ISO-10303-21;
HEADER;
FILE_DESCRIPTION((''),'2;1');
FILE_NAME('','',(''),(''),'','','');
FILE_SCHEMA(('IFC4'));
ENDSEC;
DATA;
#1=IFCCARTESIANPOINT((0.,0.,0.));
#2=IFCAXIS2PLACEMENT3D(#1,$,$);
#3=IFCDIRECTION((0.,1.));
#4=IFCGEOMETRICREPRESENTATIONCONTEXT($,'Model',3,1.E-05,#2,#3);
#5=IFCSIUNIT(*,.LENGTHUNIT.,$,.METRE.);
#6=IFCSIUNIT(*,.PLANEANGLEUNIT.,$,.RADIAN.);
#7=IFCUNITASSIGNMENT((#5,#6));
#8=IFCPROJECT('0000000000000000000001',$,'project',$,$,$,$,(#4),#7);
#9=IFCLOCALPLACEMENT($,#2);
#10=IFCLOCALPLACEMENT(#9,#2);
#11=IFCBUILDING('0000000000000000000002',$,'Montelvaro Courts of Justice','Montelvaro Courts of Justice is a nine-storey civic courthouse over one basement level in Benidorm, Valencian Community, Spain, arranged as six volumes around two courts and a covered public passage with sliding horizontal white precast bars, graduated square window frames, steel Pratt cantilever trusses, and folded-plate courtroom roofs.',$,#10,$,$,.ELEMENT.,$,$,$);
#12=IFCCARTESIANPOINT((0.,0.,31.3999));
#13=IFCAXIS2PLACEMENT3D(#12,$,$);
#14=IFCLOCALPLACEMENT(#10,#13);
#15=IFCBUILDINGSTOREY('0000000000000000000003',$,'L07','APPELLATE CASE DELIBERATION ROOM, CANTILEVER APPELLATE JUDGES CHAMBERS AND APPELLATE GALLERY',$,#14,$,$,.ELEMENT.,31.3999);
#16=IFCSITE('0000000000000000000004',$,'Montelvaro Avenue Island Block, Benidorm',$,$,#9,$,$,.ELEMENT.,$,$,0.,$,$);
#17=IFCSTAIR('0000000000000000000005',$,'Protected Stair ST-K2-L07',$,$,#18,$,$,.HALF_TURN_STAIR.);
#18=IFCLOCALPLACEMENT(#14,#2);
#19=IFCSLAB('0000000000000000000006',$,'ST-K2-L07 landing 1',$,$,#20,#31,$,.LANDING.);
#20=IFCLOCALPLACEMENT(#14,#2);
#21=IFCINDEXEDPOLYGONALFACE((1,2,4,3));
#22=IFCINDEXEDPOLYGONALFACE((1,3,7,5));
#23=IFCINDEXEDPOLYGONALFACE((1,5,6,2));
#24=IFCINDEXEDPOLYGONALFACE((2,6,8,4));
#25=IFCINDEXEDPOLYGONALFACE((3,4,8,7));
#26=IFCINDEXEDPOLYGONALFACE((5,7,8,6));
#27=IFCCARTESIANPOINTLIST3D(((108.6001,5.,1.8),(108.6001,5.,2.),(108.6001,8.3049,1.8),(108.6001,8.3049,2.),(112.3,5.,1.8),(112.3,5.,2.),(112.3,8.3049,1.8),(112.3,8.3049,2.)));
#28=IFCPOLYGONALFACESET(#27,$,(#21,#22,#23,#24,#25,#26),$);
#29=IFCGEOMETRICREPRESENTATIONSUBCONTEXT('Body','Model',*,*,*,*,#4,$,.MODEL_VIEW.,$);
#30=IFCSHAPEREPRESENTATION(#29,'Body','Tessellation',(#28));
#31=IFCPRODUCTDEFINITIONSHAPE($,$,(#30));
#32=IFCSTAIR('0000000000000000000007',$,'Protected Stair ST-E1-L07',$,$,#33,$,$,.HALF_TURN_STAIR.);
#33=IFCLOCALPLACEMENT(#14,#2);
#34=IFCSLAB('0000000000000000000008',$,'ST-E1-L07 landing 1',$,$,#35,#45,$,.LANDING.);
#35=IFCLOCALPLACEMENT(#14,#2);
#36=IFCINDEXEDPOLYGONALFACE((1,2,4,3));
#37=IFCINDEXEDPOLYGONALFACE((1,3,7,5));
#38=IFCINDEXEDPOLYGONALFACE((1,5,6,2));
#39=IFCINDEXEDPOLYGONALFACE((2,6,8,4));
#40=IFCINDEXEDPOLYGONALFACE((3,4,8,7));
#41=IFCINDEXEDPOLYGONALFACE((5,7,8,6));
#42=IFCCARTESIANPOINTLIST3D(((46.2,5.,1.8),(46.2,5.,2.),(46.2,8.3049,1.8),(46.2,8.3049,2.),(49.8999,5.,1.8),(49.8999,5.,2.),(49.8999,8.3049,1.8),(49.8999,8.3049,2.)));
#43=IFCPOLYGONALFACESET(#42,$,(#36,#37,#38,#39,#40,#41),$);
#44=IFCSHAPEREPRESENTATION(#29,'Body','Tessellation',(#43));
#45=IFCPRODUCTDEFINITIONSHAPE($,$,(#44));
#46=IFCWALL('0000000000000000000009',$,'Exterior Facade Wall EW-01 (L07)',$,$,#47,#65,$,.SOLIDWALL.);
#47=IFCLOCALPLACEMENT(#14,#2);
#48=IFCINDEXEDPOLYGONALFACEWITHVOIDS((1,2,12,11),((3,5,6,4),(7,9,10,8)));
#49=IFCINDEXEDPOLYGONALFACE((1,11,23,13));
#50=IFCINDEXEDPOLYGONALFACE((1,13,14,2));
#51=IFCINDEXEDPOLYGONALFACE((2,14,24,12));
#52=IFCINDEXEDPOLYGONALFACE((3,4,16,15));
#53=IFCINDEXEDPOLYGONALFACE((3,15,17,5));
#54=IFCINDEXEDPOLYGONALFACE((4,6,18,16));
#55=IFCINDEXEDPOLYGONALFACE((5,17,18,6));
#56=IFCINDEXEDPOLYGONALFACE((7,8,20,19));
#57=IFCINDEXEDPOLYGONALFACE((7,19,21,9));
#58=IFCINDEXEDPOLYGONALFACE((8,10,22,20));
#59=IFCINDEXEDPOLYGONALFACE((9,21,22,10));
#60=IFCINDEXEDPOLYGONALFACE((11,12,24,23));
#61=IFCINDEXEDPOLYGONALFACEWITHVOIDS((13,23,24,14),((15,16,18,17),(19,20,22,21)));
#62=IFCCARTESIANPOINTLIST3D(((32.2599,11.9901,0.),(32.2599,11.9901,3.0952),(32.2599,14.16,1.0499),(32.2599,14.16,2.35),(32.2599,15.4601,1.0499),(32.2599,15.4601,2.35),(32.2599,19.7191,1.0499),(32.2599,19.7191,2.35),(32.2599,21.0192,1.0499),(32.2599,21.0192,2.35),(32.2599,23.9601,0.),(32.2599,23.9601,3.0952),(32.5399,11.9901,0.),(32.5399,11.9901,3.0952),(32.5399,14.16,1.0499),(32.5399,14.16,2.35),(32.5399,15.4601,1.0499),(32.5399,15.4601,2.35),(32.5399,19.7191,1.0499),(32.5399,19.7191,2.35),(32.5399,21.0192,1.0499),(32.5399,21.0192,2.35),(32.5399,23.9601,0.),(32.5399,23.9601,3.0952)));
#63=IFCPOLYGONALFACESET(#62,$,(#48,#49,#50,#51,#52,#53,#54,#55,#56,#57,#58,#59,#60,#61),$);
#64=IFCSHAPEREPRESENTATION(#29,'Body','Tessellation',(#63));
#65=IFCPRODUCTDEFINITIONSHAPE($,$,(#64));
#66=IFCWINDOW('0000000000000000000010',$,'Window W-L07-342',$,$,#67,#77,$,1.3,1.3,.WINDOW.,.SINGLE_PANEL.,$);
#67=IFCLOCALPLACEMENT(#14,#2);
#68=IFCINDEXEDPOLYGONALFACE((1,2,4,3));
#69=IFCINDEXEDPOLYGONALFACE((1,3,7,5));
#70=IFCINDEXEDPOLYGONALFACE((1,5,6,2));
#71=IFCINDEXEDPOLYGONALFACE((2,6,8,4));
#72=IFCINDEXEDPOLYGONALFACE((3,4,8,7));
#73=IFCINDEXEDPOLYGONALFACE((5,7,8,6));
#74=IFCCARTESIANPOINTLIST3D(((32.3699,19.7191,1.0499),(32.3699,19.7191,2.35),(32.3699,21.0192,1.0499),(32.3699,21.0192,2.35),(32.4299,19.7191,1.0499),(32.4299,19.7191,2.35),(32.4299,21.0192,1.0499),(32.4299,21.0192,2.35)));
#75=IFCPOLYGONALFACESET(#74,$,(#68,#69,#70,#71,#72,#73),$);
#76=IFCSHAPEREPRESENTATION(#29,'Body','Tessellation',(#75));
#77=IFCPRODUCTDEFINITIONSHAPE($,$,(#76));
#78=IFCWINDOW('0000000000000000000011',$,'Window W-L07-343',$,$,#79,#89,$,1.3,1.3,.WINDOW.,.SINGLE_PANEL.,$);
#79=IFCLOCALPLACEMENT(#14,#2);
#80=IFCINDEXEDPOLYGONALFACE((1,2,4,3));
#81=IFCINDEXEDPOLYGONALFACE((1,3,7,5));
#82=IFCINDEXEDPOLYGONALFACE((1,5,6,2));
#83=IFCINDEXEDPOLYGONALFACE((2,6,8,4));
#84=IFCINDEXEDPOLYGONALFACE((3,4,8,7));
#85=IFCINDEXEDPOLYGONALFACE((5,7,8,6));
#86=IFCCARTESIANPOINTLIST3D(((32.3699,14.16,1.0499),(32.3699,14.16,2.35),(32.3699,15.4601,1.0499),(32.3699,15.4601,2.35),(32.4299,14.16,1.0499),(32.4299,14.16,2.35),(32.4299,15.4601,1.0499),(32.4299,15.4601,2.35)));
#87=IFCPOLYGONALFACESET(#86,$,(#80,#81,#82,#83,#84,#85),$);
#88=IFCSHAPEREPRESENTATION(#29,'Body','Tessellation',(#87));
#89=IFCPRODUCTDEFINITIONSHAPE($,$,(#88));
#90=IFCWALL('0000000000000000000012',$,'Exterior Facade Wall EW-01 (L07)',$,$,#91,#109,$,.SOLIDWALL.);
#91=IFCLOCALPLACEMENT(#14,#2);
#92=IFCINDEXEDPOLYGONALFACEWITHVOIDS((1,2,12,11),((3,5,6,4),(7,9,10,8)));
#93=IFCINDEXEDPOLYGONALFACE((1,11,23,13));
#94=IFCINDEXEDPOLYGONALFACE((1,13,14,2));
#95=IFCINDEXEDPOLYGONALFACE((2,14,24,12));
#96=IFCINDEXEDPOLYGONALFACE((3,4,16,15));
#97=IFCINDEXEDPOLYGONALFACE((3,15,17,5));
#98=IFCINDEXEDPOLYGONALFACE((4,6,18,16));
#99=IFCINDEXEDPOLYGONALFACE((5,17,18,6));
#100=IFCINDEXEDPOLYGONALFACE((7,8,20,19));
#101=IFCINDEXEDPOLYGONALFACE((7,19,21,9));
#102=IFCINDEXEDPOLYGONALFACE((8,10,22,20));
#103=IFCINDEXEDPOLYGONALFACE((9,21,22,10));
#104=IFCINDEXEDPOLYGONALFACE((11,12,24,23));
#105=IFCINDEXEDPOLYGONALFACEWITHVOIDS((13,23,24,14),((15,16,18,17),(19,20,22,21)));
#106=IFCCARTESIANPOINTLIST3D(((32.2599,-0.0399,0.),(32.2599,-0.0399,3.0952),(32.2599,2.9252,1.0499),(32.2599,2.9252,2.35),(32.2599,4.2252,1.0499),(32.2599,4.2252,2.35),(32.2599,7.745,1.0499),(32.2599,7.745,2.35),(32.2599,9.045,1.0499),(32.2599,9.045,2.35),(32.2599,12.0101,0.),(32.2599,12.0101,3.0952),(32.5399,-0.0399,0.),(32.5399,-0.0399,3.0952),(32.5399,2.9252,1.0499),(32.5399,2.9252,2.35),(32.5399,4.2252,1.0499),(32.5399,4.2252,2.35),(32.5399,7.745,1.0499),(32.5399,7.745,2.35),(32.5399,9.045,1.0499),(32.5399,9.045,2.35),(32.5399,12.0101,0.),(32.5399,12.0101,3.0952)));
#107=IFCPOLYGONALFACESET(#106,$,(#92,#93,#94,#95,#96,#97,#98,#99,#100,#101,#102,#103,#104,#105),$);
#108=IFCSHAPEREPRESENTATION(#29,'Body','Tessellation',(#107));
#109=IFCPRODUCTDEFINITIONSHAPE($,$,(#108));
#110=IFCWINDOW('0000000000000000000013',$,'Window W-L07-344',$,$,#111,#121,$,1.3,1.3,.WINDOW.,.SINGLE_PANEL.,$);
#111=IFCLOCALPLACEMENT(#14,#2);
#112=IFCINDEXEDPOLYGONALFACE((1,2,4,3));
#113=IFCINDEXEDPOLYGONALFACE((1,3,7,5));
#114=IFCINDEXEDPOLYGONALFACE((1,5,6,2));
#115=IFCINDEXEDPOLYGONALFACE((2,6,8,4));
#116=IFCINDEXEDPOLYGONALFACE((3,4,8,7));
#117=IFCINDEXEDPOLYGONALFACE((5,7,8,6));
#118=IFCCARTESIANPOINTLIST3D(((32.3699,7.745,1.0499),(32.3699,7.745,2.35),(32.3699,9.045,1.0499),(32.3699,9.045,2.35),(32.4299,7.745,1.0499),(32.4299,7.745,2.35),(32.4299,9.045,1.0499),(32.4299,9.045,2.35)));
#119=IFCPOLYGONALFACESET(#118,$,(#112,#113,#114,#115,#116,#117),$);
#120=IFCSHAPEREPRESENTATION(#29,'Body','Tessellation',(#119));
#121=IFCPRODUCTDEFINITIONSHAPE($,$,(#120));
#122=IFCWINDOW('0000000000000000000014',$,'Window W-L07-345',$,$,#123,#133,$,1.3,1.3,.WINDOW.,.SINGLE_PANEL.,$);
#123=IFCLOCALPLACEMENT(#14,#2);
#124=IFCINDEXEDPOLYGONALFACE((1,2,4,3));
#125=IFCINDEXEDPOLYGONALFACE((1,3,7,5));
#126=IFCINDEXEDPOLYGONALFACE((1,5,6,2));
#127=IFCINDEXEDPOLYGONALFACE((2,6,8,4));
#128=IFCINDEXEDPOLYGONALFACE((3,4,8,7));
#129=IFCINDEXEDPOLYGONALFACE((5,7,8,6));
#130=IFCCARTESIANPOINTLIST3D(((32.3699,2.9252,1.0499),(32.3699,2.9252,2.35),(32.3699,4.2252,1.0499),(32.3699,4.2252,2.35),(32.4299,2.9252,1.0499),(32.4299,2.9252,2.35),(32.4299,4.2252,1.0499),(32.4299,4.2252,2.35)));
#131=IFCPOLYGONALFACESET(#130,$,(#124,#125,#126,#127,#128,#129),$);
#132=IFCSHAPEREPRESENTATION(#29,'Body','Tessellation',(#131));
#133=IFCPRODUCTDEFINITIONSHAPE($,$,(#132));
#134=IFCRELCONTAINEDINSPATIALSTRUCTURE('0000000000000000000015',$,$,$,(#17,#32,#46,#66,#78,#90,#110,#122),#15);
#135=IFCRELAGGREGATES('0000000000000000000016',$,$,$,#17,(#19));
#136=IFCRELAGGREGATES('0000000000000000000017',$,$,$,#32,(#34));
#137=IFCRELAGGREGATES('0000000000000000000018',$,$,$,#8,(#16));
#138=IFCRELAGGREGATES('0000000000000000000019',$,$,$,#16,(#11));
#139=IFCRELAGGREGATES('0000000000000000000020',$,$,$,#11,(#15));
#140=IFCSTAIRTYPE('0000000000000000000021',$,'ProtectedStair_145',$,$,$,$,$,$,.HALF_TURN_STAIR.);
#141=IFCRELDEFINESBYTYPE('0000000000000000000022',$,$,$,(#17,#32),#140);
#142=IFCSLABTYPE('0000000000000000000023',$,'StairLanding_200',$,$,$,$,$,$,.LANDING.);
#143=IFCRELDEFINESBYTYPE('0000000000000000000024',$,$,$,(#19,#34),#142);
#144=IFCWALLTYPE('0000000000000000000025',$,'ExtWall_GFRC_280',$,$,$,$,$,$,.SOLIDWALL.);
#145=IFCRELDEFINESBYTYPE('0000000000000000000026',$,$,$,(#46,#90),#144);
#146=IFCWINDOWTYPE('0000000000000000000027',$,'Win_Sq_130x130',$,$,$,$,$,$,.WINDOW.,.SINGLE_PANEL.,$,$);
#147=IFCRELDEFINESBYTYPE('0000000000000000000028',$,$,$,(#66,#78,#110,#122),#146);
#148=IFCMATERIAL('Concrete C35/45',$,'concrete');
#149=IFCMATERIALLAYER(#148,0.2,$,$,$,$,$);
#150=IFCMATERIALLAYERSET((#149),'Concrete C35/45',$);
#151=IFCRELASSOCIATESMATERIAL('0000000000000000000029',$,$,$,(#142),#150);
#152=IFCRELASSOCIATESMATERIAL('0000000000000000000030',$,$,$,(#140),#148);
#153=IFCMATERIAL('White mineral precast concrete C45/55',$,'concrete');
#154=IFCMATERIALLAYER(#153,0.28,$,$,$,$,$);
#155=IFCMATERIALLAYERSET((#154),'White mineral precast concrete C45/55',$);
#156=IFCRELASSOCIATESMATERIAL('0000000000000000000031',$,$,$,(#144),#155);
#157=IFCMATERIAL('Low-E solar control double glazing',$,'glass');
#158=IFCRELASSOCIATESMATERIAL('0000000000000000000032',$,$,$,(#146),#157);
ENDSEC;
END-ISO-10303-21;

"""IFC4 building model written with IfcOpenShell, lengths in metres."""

from ifc_helpers import new_model, si_unit, direction, frame, frame_2d, origin, place, context, subcontext, project, spatial, polyline, rectangle, outline, extrude, material, layer, layer_set, type_object, element, fill, aggregate, save


model = new_model("IFC4")

# Units and contexts
model_context = context("Model", 3, precision=1e-05, world=origin(), true_north=direction((0.0, 1.0)))
body_context = subcontext(model_context, "Body", "Model", "MODEL_VIEW")
ifc_project = project(units=[si_unit("LENGTHUNIT", "METRE"), si_unit("PLANEANGLEUNIT", "RADIAN")], contexts=[model_context])

# Site, building, storey
site_placement = place(None, origin())
site = spatial("IfcSite", under=ifc_project, at=site_placement, Name="Montelvaro Avenue Island Block, Benidorm", CompositionType="ELEMENT", RefElevation=0.0)
building_placement = place(site_placement, origin())
building = spatial("IfcBuilding", under=site, at=building_placement, Name="Montelvaro Courts of Justice", Description="Montelvaro Courts of Justice is a nine-storey civic courthouse over one basement level in Benidorm, Valencian Community, Spain, arranged as six volumes around two courts and a covered public passage with sliding horizontal white precast bars, graduated square window frames, steel Pratt cantilever trusses, and folded-plate courtroom roofs.", CompositionType="ELEMENT")
storey_placement = place(building_placement, frame((0.0, 0.0, 31.3999)))
storey = spatial("IfcBuildingStorey", under=building, at=storey_placement, Name="L07", Description="APPELLATE CASE DELIBERATION ROOM, CANTILEVER APPELLATE JUDGES CHAMBERS AND APPELLATE GALLERY", CompositionType="ELEMENT", Elevation=31.3999)

# Shared definitions
ifc_material_1 = material(Name="Concrete C35/45", Category="concrete")

# Shared definitions
ifc_material_2 = material(Name="White mineral precast concrete C45/55", Category="concrete")

# Stairs, slabs
ifc_layer_1 = layer(ifc_material_1, 0.2)
ifc_layer_set_1 = layer_set([ifc_layer_1], Name="Concrete C35/45")
slab_type_1 = type_object("IfcSlabType", Name="StairLanding_200", PredefinedType="LANDING", material=ifc_layer_set_1)
stair_type_1 = type_object("IfcStairType", Name="ProtectedStair_145", PredefinedType="HALF_TURN_STAIR", material=ifc_material_1)
stair_1_placement = place(storey_placement, origin())
stair_1 = element("IfcStair", 1, at=stair_1_placement, inside=storey, type_object=stair_type_1, Name="Protected Stair ST-K2-L07", PredefinedType="HALF_TURN_STAIR")
slab_1_placement = place(storey_placement, frame((0.0, 0.0, 1.8)))
slab_1 = element("IfcSlab", 2, at=slab_1_placement, type_object=slab_type_1, Name="ST-K2-L07 landing 1", PredefinedType="LANDING", context=body_context, shape_type="SweptSolid", body=[
    extrude(outline(polyline([(108.6001, 5.0), (112.3, 5.0), (112.3, 8.3049), (108.6001, 8.3049), (108.6001, 5.0)])), origin(), (0.0, 0.0, 1.0), 0.2),
])
aggregate(stair_1, [slab_1])
stair_2_placement = place(storey_placement, origin())
stair_2 = element("IfcStair", 3, at=stair_2_placement, inside=storey, type_object=stair_type_1, Name="Protected Stair ST-E1-L07", PredefinedType="HALF_TURN_STAIR")
slab_2_placement = place(storey_placement, frame((0.0, 0.0, 1.8)))
slab_2 = element("IfcSlab", 4, at=slab_2_placement, type_object=slab_type_1, Name="ST-E1-L07 landing 1", PredefinedType="LANDING", context=body_context, shape_type="SweptSolid", body=[
    extrude(outline(polyline([(46.2, 5.0), (49.8999, 5.0), (49.8999, 8.3049), (46.2, 8.3049), (46.2, 5.0)])), origin(), (0.0, 0.0, 1.0), 0.2),
])
aggregate(stair_2, [slab_2])

# Walls, openings, windows
ifc_layer_2 = layer(ifc_material_2, 0.28)
ifc_layer_set_2 = layer_set([ifc_layer_2], Name="White mineral precast concrete C45/55")
wall_type = type_object("IfcWallType", Name="ExtWall_GFRC_280", PredefinedType="SOLIDWALL", material=ifc_layer_set_2)
wall_1_placement = place(storey_placement, frame((32.3999, 23.96, 0.0), z_axis=(0.0, 0.0, 1.0), x_axis=(0.0, -1.0, 0.0)))
wall_1 = element("IfcWall", 5, at=wall_1_placement, inside=storey, type_object=wall_type, Name="Exterior Facade Wall EW-01 (L07)", PredefinedType="SOLIDWALL", context=body_context, shape_type="SweptSolid", body=[
    extrude(rectangle(XDim=11.97, YDim=0.28, at=frame_2d((5.9849, 0.0))), origin(), (0.0, 0.0, 1.0), 3.0952),
])
opening_1_placement = place(wall_1_placement, frame((2.9409, 0.0, 1.05)))
opening_1 = element("IfcOpeningElement", 6, at=opening_1_placement, cuts=wall_1, PredefinedType="OPENING", context=body_context, shape_type="SweptSolid", body=[
    extrude(rectangle(XDim=1.3, YDim=1.3, at=frame_2d((0.6499, 0.6499))), frame((0.0, 0.1548, 0.0), z_axis=(0.0, -1.0, 0.0), x_axis=(1.0, 0.0, 0.0)), (0.0, 0.0, 1.0), 0.3098),
])
opening_2_placement = place(wall_1_placement, frame((8.5, 0.0, 1.05)))
opening_2 = element("IfcOpeningElement", 7, at=opening_2_placement, cuts=wall_1, PredefinedType="OPENING", context=body_context, shape_type="SweptSolid", body=[
    extrude(rectangle(XDim=1.3, YDim=1.3, at=frame_2d((0.6499, 0.6499))), frame((0.0, 0.1548, 0.0), z_axis=(0.0, -1.0, 0.0), x_axis=(1.0, 0.0, 0.0)), (0.0, 0.0, 1.0), 0.3098),
])
ifc_material_3 = material(Name="Low-E solar control double glazing", Category="glass")
window_type = type_object("IfcWindowType", Name="Win_Sq_130x130", PartitioningType="SINGLE_PANEL", PredefinedType="WINDOW", material=ifc_material_3)
window_1_placement = place(opening_1_placement, origin())
window_1 = element("IfcWindow", 8, at=window_1_placement, inside=storey, type_object=window_type, Name="Window W-L07-342", OverallHeight=1.3, OverallWidth=1.3, PartitioningType="SINGLE_PANEL", PredefinedType="WINDOW", context=body_context, shape_type="SweptSolid", body=[
    extrude(rectangle(XDim=1.3, YDim=1.3, at=frame_2d((0.6499, 0.6499))), frame((0.0, 0.03, 0.0), z_axis=(0.0, -1.0, 0.0), x_axis=(1.0, 0.0, 0.0)), (0.0, 0.0, 1.0), 0.0601),
])
fill(opening_1, window_1)
window_2_placement = place(opening_2_placement, origin())
window_2 = element("IfcWindow", 9, at=window_2_placement, inside=storey, type_object=window_type, Name="Window W-L07-343", OverallHeight=1.3, OverallWidth=1.3, PartitioningType="SINGLE_PANEL", PredefinedType="WINDOW", context=body_context, shape_type="SweptSolid", body=[
    extrude(rectangle(XDim=1.3, YDim=1.3, at=frame_2d((0.6499, 0.6499))), frame((0.0, 0.03, 0.0), z_axis=(0.0, -1.0, 0.0), x_axis=(1.0, 0.0, 0.0)), (0.0, 0.0, 1.0), 0.0601),
])
fill(opening_2, window_2)
wall_2_placement = place(storey_placement, frame((32.3999, 12.01, 0.0), z_axis=(0.0, 0.0, 1.0), x_axis=(0.0, -1.0, 0.0)))
wall_2 = element("IfcWall", 10, at=wall_2_placement, inside=storey, type_object=wall_type, Name="Exterior Facade Wall EW-01 (L07)", PredefinedType="SOLIDWALL", context=body_context, shape_type="SweptSolid", body=[
    extrude(rectangle(XDim=12.05, YDim=0.28, at=frame_2d((6.0249, 0.0))), origin(), (0.0, 0.0, 1.0), 3.0952),
])
opening_3_placement = place(wall_2_placement, frame((2.9651, 0.0, 1.05)))
opening_3 = element("IfcOpeningElement", 11, at=opening_3_placement, cuts=wall_2, PredefinedType="OPENING", context=body_context, shape_type="SweptSolid", body=[
    extrude(rectangle(XDim=1.3, YDim=1.3, at=frame_2d((0.6499, 0.6499))), frame((0.0, 0.1548, 0.0), z_axis=(0.0, -1.0, 0.0), x_axis=(1.0, 0.0, 0.0)), (0.0, 0.0, 1.0), 0.3098),
])
opening_4_placement = place(wall_2_placement, frame((7.7849, 0.0, 1.05)))
opening_4 = element("IfcOpeningElement", 12, at=opening_4_placement, cuts=wall_2, PredefinedType="OPENING", context=body_context, shape_type="SweptSolid", body=[
    extrude(rectangle(XDim=1.3, YDim=1.3, at=frame_2d((0.6499, 0.6499))), frame((0.0, 0.1548, 0.0), z_axis=(0.0, -1.0, 0.0), x_axis=(1.0, 0.0, 0.0)), (0.0, 0.0, 1.0), 0.3098),
])
window_3_placement = place(opening_3_placement, origin())
window_3 = element("IfcWindow", 13, at=window_3_placement, inside=storey, type_object=window_type, Name="Window W-L07-344", OverallHeight=1.3, OverallWidth=1.3, PartitioningType="SINGLE_PANEL", PredefinedType="WINDOW", context=body_context, shape_type="SweptSolid", body=[
    extrude(rectangle(XDim=1.3, YDim=1.3, at=frame_2d((0.6499, 0.6499))), frame((0.0, 0.03, 0.0), z_axis=(0.0, -1.0, 0.0), x_axis=(1.0, 0.0, 0.0)), (0.0, 0.0, 1.0), 0.0601),
])
fill(opening_3, window_3)
window_4_placement = place(opening_4_placement, origin())
window_4 = element("IfcWindow", 14, at=window_4_placement, inside=storey, type_object=window_type, Name="Window W-L07-345", OverallHeight=1.3, OverallWidth=1.3, PartitioningType="SINGLE_PANEL", PredefinedType="WINDOW", context=body_context, shape_type="SweptSolid", body=[
    extrude(rectangle(XDim=1.3, YDim=1.3, at=frame_2d((0.6499, 0.6499))), frame((0.0, 0.03, 0.0), z_axis=(0.0, -1.0, 0.0), x_axis=(1.0, 0.0, 0.0)), (0.0, 0.0, 1.0), 0.0601),
])
fill(opening_4, window_4)

save(model, "model.ifc")
